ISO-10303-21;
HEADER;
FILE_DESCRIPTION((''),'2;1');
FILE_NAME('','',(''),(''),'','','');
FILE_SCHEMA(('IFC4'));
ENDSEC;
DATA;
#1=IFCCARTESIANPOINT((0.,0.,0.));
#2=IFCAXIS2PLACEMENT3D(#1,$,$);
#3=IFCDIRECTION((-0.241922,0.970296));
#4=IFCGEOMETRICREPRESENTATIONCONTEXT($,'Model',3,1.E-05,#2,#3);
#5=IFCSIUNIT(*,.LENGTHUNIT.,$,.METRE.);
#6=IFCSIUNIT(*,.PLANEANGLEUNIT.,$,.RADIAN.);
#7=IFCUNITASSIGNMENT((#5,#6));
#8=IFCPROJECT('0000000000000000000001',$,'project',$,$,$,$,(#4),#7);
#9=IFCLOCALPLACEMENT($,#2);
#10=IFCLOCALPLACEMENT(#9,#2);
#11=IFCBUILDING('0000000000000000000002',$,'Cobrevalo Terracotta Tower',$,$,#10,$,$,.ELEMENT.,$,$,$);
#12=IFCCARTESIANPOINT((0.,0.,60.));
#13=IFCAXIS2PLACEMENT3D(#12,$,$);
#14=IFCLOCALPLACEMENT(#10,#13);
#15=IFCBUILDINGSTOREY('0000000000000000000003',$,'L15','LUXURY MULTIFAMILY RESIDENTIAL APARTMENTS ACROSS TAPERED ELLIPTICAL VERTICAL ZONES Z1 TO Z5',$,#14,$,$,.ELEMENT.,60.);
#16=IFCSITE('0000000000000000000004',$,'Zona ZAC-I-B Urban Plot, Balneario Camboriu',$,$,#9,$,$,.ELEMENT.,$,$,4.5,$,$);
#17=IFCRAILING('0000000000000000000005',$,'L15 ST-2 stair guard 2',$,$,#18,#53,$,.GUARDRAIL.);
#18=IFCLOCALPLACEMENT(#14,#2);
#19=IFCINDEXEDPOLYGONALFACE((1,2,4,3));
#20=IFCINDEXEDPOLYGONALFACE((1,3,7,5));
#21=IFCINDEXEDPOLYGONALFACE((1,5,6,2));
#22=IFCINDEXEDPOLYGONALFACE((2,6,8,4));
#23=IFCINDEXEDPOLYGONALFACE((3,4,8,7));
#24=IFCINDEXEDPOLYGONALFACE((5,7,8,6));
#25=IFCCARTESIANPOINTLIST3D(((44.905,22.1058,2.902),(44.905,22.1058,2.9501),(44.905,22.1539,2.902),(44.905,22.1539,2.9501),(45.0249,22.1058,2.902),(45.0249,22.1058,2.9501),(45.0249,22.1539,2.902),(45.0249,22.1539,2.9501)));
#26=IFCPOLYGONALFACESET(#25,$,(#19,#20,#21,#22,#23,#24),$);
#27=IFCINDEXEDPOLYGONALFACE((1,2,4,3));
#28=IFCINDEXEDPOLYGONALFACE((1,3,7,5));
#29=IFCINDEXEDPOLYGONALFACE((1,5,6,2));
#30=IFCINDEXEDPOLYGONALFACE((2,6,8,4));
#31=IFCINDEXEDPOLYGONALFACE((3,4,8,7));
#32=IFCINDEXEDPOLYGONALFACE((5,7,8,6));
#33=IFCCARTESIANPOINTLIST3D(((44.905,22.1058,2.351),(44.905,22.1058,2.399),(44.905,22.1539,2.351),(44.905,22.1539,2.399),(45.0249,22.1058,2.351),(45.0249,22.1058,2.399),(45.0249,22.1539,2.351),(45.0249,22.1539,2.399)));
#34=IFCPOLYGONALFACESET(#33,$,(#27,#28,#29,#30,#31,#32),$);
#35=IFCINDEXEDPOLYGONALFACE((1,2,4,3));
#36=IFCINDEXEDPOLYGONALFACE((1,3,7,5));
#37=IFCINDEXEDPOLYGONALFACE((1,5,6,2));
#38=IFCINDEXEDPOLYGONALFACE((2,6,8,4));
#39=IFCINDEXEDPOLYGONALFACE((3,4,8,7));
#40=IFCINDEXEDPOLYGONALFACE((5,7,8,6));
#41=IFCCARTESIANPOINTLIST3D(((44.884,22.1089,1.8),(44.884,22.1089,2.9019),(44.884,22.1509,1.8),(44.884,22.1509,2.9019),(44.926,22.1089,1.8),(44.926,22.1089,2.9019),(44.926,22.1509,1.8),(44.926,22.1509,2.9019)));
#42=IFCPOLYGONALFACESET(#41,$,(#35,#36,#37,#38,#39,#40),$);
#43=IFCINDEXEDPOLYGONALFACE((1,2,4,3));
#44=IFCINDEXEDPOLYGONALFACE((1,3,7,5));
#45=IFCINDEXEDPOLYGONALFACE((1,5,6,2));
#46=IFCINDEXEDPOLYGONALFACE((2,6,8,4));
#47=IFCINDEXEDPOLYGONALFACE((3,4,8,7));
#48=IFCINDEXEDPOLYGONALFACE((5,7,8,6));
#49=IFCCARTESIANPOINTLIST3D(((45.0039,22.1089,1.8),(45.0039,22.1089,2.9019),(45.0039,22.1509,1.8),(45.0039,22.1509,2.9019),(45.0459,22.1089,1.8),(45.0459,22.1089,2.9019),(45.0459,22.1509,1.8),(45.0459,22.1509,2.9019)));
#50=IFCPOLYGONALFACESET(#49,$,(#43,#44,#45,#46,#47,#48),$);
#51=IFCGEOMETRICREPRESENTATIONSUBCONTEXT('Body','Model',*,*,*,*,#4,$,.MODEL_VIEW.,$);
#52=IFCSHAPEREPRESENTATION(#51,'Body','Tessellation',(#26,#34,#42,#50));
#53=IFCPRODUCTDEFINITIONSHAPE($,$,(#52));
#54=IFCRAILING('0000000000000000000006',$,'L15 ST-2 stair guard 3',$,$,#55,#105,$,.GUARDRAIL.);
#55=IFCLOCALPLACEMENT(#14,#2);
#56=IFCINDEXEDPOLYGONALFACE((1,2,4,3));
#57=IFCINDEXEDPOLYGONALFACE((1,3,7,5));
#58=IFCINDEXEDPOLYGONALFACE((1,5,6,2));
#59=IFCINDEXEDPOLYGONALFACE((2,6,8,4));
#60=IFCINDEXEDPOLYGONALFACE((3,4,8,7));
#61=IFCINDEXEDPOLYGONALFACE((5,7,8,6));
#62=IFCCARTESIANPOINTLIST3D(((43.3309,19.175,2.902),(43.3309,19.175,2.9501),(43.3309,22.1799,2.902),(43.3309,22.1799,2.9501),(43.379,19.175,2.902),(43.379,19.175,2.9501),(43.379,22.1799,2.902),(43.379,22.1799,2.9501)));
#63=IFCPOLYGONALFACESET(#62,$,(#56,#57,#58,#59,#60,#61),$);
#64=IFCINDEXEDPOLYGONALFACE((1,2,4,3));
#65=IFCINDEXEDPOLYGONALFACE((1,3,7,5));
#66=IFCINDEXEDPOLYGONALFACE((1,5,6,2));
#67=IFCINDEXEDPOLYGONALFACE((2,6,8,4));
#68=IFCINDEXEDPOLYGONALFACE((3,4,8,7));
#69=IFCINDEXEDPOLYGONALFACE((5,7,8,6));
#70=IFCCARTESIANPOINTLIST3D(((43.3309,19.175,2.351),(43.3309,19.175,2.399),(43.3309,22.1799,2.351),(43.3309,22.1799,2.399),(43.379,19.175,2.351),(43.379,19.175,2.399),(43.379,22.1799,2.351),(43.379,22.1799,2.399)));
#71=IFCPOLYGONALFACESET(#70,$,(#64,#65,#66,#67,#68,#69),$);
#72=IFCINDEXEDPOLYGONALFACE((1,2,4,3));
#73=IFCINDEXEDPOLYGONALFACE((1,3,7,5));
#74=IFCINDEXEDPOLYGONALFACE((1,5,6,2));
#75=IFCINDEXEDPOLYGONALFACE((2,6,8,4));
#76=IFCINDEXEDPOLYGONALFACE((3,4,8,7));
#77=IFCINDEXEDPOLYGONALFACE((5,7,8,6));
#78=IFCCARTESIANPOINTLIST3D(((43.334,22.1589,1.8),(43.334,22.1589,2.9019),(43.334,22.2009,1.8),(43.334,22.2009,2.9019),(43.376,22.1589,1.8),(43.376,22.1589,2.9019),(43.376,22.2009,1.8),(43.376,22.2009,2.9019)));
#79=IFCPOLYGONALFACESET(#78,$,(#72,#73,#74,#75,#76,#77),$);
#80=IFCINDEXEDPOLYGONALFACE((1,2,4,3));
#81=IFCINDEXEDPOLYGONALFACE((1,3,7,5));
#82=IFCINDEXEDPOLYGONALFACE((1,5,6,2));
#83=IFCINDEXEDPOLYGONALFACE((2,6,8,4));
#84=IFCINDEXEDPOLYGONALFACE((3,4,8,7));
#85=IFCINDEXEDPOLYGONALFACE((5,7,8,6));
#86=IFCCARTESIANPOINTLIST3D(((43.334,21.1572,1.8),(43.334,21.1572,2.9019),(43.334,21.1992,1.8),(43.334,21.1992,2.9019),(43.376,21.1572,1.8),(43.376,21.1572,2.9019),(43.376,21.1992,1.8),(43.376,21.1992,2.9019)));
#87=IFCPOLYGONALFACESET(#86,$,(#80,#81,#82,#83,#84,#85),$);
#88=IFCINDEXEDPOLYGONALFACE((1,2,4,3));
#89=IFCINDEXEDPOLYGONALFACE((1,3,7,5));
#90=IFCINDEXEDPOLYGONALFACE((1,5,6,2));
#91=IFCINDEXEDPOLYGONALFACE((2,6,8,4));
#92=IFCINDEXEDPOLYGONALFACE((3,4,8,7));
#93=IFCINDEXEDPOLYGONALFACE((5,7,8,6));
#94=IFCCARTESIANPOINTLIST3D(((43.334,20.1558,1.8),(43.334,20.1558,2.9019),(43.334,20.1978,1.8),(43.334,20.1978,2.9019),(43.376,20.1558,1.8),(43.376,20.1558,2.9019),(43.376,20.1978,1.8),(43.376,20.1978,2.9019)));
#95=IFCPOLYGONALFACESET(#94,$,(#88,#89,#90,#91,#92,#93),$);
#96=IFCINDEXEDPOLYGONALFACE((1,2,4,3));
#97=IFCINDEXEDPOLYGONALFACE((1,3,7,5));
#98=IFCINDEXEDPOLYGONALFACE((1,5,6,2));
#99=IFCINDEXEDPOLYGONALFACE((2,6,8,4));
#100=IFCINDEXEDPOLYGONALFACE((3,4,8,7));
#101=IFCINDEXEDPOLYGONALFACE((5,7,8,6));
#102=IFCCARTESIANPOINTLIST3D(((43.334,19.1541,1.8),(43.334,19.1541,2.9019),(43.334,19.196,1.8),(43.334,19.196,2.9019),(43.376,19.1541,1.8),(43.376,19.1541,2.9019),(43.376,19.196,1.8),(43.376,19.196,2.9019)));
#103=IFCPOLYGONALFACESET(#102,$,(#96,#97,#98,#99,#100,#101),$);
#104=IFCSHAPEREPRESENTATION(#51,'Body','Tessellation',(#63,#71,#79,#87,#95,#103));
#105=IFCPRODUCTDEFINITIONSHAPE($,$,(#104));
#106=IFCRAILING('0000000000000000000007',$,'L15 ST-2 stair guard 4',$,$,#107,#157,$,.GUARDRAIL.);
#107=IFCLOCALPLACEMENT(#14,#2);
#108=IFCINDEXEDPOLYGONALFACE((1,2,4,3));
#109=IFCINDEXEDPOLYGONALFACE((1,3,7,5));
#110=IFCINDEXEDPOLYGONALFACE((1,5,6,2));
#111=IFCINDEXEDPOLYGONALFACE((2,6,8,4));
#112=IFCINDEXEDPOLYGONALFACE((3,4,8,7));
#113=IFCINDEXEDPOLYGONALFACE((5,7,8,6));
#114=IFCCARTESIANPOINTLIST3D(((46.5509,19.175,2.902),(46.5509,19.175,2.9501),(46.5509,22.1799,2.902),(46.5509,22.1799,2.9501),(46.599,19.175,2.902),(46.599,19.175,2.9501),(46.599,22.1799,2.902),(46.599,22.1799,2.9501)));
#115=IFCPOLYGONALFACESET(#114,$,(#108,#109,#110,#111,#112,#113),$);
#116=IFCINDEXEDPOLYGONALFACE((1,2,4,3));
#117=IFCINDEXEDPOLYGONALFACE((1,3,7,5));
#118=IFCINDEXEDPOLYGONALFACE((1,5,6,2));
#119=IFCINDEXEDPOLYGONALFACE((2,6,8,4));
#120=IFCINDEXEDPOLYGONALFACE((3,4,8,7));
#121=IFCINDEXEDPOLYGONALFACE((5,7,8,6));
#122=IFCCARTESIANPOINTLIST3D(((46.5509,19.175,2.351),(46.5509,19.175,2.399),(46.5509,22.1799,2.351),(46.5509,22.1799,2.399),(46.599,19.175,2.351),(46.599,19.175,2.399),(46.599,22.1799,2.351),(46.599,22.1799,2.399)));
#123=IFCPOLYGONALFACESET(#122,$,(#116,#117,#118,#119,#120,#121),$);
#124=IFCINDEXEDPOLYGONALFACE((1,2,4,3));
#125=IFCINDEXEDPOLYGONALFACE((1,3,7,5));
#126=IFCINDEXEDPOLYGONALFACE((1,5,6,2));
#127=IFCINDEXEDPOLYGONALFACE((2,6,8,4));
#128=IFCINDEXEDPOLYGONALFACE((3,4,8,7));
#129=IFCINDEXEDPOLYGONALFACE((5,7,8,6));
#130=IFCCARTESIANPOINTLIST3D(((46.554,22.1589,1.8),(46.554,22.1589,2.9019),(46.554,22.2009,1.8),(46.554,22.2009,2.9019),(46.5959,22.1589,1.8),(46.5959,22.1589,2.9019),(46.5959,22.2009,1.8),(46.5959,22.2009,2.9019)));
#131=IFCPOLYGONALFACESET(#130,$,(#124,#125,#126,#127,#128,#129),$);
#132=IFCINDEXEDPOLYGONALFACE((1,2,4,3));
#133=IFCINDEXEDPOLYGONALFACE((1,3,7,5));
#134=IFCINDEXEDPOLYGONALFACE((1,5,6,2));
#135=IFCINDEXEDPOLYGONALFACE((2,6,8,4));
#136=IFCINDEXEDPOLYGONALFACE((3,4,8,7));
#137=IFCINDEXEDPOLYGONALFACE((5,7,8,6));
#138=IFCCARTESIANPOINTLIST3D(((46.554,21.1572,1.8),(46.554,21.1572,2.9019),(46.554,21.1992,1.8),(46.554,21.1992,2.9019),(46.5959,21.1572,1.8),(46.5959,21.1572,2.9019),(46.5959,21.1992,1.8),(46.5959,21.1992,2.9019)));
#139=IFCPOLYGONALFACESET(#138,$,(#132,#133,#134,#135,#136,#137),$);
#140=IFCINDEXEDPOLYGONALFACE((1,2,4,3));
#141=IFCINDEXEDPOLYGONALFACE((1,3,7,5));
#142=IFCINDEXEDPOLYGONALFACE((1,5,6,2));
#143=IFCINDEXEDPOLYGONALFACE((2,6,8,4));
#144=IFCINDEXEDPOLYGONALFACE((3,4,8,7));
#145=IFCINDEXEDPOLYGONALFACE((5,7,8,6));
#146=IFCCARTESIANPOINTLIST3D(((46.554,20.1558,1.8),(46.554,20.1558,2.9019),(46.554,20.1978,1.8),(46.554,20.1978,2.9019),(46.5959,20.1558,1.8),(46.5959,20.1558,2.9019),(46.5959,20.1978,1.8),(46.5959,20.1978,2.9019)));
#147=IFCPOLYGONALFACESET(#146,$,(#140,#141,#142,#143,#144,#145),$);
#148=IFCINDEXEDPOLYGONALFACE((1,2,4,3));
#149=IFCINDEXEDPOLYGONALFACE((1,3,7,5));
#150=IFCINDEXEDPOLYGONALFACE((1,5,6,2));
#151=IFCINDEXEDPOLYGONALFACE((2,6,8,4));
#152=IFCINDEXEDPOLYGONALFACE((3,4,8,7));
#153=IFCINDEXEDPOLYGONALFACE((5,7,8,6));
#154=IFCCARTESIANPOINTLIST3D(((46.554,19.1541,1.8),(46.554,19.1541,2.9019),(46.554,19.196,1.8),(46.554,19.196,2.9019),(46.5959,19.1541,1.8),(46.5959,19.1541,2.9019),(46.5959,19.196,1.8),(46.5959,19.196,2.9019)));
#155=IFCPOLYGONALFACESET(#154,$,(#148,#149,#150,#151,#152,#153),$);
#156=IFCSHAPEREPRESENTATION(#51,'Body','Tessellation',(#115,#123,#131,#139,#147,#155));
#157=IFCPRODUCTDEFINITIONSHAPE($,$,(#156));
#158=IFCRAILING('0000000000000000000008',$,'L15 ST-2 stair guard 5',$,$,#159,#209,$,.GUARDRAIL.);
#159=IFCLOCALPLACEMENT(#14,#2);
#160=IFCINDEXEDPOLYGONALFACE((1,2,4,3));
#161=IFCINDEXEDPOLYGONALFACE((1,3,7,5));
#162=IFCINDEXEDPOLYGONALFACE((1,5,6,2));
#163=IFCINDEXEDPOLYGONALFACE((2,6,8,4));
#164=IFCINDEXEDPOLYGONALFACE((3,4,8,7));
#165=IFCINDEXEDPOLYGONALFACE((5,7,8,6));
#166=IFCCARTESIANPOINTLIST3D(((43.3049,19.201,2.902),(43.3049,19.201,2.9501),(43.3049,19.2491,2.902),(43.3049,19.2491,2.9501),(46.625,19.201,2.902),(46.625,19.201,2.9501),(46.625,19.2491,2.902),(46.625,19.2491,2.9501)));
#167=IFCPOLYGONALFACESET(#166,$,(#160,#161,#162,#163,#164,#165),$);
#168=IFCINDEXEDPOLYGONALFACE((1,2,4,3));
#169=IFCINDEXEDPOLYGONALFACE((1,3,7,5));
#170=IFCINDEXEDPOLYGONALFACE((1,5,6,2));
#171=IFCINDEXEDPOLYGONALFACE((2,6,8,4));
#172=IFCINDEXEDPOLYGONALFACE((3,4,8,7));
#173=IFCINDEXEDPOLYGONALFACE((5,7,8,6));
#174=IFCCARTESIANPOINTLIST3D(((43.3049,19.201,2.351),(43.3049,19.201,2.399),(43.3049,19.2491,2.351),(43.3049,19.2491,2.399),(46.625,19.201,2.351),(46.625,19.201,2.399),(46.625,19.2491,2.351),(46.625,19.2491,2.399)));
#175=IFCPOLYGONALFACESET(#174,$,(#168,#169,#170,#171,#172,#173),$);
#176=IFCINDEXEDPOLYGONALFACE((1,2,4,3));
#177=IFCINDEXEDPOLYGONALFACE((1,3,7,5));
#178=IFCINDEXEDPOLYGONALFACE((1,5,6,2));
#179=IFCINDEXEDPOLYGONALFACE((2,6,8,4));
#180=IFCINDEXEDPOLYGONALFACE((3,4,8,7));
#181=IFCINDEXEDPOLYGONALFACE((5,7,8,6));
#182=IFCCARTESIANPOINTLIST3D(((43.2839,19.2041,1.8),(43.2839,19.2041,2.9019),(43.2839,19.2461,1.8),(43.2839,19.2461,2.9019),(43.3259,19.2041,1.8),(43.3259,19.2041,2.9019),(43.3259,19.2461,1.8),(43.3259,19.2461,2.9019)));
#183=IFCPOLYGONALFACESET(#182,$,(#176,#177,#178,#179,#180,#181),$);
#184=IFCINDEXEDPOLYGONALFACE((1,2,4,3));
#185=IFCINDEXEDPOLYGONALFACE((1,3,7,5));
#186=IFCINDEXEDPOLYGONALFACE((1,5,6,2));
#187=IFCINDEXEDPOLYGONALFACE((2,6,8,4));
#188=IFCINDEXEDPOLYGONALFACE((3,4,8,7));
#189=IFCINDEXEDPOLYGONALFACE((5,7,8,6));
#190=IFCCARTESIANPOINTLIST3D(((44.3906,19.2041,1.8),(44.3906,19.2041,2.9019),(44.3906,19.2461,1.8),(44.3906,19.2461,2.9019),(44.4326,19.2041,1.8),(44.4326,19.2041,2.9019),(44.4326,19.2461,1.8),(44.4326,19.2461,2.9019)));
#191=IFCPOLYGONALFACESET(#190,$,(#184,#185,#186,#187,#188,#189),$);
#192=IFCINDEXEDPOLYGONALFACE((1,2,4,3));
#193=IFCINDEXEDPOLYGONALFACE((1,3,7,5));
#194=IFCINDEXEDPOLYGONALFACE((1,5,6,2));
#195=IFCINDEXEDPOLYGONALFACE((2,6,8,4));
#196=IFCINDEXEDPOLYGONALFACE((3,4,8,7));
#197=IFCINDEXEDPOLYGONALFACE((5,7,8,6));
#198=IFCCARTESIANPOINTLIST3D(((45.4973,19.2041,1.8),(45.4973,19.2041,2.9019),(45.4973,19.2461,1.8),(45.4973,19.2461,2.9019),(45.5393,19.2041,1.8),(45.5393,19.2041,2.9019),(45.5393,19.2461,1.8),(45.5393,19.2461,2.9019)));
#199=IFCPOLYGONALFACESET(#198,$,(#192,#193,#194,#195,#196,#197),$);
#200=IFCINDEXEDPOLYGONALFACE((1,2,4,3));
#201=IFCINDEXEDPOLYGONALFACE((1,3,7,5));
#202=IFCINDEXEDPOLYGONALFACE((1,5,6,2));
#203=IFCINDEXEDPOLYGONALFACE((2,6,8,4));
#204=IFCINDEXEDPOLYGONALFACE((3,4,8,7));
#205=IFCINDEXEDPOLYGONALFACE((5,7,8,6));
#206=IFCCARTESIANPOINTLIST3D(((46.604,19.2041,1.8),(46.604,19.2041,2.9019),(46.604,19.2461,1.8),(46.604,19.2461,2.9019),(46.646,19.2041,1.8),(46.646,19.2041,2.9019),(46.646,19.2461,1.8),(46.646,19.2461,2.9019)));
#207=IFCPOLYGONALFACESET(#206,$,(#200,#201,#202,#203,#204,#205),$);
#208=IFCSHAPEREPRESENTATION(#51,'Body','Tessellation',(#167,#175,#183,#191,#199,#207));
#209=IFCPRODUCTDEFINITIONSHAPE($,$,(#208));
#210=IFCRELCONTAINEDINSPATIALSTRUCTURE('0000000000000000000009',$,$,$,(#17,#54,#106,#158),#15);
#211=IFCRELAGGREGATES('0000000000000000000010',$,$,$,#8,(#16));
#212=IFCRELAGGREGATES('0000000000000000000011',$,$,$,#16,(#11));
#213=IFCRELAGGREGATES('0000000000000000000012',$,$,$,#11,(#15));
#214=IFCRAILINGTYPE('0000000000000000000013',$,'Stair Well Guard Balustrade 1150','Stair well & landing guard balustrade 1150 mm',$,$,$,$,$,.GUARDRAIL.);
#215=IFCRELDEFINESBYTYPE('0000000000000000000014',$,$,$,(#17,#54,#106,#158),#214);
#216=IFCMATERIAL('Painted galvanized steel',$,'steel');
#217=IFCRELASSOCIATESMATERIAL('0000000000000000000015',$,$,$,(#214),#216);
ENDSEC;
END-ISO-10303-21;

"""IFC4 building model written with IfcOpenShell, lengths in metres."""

from ifc_helpers import new_model, si_unit, direction, frame, origin, origin_2d, place, context, subcontext, project, spatial, rectangle, extrude, material, type_object, element, save


model = new_model("IFC4")

# Units and contexts
model_context = context("Model", 3, precision=1e-05, world=origin(), true_north=direction((-0.241922, 0.970296)))
body_context = subcontext(model_context, "Body", "Model", "MODEL_VIEW")
ifc_project = project(units=[si_unit("LENGTHUNIT", "METRE"), si_unit("PLANEANGLEUNIT", "RADIAN")], contexts=[model_context])

# Site, building, storey
site_placement = place(None, origin())
site = spatial("IfcSite", under=ifc_project, at=site_placement, Name="Zona ZAC-I-B Urban Plot, Balneario Camboriu", CompositionType="ELEMENT", RefElevation=4.5)
building_placement = place(site_placement, origin())
building = spatial("IfcBuilding", under=site, at=building_placement, Name="Cobrevalo Terracotta Tower", CompositionType="ELEMENT")
storey_placement = place(building_placement, frame((0.0, 0.0, 60.0)))
storey = spatial("IfcBuildingStorey", under=building, at=storey_placement, Name="L15", Description="LUXURY MULTIFAMILY RESIDENTIAL APARTMENTS ACROSS TAPERED ELLIPTICAL VERTICAL ZONES Z1 TO Z5", CompositionType="ELEMENT", Elevation=60.0)

# Railings
ifc_material_1 = material(Name="Painted galvanized steel", Category="steel")
railing_type_1 = type_object("IfcRailingType", Name="Stair Well Guard Balustrade 1150", Description="Stair well & landing guard balustrade 1150 mm", PredefinedType="GUARDRAIL", material=ifc_material_1)
railing_1_placement = place(storey_placement, frame((44.905, 22.1299, 1.8)))
element("IfcRailing", 1, at=railing_1_placement, inside=storey, type_object=railing_type_1, Name="L15 ST-2 stair guard 2", PredefinedType="GUARDRAIL", context=body_context, shape_type="SweptSolid", body=[
    extrude(rectangle(XDim=0.0481, YDim=0.0481, at=origin_2d()), frame((0.0, 0.0, 1.126), z_axis=(1.0, 0.0, 0.0), x_axis=(0.0, 1.0, 0.0)), (0.0, 0.0, 1.0), 0.1199),
    extrude(rectangle(XDim=0.0481, YDim=0.0481, at=origin_2d()), frame((0.0, 0.0, 0.575), z_axis=(1.0, 0.0, 0.0), x_axis=(0.0, 1.0, 0.0)), (0.0, 0.0, 1.0), 0.1199),
    extrude(rectangle(XDim=0.042, YDim=0.042, at=origin_2d()), origin(), (0.0, 0.0, 1.0), 1.1018),
    extrude(rectangle(XDim=0.042, YDim=0.042, at=origin_2d()), frame((0.1199, 0.0, 0.0)), (0.0, 0.0, 1.0), 1.1018),
])
for number, where, name in (
    (2, (43.355, 22.1799, 1.8), "L15 ST-2 stair guard 3"),
    (3, (46.575, 22.1799, 1.8), "L15 ST-2 stair guard 4"),
):
    element("IfcRailing", number, at=place(storey_placement, frame(where)), inside=storey, type_object=railing_type_1, Name=name, PredefinedType="GUARDRAIL", context=body_context, shape_type="SweptSolid", body=[
        extrude(rectangle(XDim=0.0481, YDim=0.0481, at=origin_2d()), frame((0.0, 0.0, 1.126), z_axis=(0.0, -1.0, 0.0), x_axis=(1.0, 0.0, 0.0)), (0.0, 0.0, 1.0), 3.0049),
        extrude(rectangle(XDim=0.0481, YDim=0.0481, at=origin_2d()), frame((0.0, 0.0, 0.575), z_axis=(0.0, -1.0, 0.0), x_axis=(1.0, 0.0, 0.0)), (0.0, 0.0, 1.0), 3.0049),
        extrude(rectangle(XDim=0.042, YDim=0.042, at=origin_2d()), origin(), (0.0, 0.0, 1.0), 1.1018),
        extrude(rectangle(XDim=0.042, YDim=0.042, at=origin_2d()), frame((0.0, -1.0017, 0.0)), (0.0, 0.0, 1.0), 1.1018),
        extrude(rectangle(XDim=0.042, YDim=0.042, at=origin_2d()), frame((0.0, -2.0032, 0.0)), (0.0, 0.0, 1.0), 1.1018),
        extrude(rectangle(XDim=0.042, YDim=0.042, at=origin_2d()), frame((0.0, -3.0049, 0.0)), (0.0, 0.0, 1.0), 1.1018),
    ])
railing_2_placement = place(storey_placement, frame((43.3049, 19.2251, 1.8)))
element("IfcRailing", 4, at=railing_2_placement, inside=storey, type_object=railing_type_1, Name="L15 ST-2 stair guard 5", PredefinedType="GUARDRAIL", context=body_context, shape_type="SweptSolid", body=[
    extrude(rectangle(XDim=0.0481, YDim=0.0481, at=origin_2d()), frame((0.0, 0.0, 1.126), z_axis=(1.0, 0.0, 0.0), x_axis=(0.0, 1.0, 0.0)), (0.0, 0.0, 1.0), 3.3201),
    extrude(rectangle(XDim=0.0481, YDim=0.0481, at=origin_2d()), frame((0.0, 0.0, 0.575), z_axis=(1.0, 0.0, 0.0), x_axis=(0.0, 1.0, 0.0)), (0.0, 0.0, 1.0), 3.3201),
    extrude(rectangle(XDim=0.042, YDim=0.042, at=origin_2d()), origin(), (0.0, 0.0, 1.0), 1.1018),
    extrude(rectangle(XDim=0.042, YDim=0.042, at=origin_2d()), frame((1.1067, 0.0, 0.0)), (0.0, 0.0, 1.0), 1.1018),
    extrude(rectangle(XDim=0.042, YDim=0.042, at=origin_2d()), frame((2.2134, 0.0, 0.0)), (0.0, 0.0, 1.0), 1.1018),
    extrude(rectangle(XDim=0.042, YDim=0.042, at=origin_2d()), frame((3.3201, 0.0, 0.0)), (0.0, 0.0, 1.0), 1.1018),
])

save(model, "model.ifc")
